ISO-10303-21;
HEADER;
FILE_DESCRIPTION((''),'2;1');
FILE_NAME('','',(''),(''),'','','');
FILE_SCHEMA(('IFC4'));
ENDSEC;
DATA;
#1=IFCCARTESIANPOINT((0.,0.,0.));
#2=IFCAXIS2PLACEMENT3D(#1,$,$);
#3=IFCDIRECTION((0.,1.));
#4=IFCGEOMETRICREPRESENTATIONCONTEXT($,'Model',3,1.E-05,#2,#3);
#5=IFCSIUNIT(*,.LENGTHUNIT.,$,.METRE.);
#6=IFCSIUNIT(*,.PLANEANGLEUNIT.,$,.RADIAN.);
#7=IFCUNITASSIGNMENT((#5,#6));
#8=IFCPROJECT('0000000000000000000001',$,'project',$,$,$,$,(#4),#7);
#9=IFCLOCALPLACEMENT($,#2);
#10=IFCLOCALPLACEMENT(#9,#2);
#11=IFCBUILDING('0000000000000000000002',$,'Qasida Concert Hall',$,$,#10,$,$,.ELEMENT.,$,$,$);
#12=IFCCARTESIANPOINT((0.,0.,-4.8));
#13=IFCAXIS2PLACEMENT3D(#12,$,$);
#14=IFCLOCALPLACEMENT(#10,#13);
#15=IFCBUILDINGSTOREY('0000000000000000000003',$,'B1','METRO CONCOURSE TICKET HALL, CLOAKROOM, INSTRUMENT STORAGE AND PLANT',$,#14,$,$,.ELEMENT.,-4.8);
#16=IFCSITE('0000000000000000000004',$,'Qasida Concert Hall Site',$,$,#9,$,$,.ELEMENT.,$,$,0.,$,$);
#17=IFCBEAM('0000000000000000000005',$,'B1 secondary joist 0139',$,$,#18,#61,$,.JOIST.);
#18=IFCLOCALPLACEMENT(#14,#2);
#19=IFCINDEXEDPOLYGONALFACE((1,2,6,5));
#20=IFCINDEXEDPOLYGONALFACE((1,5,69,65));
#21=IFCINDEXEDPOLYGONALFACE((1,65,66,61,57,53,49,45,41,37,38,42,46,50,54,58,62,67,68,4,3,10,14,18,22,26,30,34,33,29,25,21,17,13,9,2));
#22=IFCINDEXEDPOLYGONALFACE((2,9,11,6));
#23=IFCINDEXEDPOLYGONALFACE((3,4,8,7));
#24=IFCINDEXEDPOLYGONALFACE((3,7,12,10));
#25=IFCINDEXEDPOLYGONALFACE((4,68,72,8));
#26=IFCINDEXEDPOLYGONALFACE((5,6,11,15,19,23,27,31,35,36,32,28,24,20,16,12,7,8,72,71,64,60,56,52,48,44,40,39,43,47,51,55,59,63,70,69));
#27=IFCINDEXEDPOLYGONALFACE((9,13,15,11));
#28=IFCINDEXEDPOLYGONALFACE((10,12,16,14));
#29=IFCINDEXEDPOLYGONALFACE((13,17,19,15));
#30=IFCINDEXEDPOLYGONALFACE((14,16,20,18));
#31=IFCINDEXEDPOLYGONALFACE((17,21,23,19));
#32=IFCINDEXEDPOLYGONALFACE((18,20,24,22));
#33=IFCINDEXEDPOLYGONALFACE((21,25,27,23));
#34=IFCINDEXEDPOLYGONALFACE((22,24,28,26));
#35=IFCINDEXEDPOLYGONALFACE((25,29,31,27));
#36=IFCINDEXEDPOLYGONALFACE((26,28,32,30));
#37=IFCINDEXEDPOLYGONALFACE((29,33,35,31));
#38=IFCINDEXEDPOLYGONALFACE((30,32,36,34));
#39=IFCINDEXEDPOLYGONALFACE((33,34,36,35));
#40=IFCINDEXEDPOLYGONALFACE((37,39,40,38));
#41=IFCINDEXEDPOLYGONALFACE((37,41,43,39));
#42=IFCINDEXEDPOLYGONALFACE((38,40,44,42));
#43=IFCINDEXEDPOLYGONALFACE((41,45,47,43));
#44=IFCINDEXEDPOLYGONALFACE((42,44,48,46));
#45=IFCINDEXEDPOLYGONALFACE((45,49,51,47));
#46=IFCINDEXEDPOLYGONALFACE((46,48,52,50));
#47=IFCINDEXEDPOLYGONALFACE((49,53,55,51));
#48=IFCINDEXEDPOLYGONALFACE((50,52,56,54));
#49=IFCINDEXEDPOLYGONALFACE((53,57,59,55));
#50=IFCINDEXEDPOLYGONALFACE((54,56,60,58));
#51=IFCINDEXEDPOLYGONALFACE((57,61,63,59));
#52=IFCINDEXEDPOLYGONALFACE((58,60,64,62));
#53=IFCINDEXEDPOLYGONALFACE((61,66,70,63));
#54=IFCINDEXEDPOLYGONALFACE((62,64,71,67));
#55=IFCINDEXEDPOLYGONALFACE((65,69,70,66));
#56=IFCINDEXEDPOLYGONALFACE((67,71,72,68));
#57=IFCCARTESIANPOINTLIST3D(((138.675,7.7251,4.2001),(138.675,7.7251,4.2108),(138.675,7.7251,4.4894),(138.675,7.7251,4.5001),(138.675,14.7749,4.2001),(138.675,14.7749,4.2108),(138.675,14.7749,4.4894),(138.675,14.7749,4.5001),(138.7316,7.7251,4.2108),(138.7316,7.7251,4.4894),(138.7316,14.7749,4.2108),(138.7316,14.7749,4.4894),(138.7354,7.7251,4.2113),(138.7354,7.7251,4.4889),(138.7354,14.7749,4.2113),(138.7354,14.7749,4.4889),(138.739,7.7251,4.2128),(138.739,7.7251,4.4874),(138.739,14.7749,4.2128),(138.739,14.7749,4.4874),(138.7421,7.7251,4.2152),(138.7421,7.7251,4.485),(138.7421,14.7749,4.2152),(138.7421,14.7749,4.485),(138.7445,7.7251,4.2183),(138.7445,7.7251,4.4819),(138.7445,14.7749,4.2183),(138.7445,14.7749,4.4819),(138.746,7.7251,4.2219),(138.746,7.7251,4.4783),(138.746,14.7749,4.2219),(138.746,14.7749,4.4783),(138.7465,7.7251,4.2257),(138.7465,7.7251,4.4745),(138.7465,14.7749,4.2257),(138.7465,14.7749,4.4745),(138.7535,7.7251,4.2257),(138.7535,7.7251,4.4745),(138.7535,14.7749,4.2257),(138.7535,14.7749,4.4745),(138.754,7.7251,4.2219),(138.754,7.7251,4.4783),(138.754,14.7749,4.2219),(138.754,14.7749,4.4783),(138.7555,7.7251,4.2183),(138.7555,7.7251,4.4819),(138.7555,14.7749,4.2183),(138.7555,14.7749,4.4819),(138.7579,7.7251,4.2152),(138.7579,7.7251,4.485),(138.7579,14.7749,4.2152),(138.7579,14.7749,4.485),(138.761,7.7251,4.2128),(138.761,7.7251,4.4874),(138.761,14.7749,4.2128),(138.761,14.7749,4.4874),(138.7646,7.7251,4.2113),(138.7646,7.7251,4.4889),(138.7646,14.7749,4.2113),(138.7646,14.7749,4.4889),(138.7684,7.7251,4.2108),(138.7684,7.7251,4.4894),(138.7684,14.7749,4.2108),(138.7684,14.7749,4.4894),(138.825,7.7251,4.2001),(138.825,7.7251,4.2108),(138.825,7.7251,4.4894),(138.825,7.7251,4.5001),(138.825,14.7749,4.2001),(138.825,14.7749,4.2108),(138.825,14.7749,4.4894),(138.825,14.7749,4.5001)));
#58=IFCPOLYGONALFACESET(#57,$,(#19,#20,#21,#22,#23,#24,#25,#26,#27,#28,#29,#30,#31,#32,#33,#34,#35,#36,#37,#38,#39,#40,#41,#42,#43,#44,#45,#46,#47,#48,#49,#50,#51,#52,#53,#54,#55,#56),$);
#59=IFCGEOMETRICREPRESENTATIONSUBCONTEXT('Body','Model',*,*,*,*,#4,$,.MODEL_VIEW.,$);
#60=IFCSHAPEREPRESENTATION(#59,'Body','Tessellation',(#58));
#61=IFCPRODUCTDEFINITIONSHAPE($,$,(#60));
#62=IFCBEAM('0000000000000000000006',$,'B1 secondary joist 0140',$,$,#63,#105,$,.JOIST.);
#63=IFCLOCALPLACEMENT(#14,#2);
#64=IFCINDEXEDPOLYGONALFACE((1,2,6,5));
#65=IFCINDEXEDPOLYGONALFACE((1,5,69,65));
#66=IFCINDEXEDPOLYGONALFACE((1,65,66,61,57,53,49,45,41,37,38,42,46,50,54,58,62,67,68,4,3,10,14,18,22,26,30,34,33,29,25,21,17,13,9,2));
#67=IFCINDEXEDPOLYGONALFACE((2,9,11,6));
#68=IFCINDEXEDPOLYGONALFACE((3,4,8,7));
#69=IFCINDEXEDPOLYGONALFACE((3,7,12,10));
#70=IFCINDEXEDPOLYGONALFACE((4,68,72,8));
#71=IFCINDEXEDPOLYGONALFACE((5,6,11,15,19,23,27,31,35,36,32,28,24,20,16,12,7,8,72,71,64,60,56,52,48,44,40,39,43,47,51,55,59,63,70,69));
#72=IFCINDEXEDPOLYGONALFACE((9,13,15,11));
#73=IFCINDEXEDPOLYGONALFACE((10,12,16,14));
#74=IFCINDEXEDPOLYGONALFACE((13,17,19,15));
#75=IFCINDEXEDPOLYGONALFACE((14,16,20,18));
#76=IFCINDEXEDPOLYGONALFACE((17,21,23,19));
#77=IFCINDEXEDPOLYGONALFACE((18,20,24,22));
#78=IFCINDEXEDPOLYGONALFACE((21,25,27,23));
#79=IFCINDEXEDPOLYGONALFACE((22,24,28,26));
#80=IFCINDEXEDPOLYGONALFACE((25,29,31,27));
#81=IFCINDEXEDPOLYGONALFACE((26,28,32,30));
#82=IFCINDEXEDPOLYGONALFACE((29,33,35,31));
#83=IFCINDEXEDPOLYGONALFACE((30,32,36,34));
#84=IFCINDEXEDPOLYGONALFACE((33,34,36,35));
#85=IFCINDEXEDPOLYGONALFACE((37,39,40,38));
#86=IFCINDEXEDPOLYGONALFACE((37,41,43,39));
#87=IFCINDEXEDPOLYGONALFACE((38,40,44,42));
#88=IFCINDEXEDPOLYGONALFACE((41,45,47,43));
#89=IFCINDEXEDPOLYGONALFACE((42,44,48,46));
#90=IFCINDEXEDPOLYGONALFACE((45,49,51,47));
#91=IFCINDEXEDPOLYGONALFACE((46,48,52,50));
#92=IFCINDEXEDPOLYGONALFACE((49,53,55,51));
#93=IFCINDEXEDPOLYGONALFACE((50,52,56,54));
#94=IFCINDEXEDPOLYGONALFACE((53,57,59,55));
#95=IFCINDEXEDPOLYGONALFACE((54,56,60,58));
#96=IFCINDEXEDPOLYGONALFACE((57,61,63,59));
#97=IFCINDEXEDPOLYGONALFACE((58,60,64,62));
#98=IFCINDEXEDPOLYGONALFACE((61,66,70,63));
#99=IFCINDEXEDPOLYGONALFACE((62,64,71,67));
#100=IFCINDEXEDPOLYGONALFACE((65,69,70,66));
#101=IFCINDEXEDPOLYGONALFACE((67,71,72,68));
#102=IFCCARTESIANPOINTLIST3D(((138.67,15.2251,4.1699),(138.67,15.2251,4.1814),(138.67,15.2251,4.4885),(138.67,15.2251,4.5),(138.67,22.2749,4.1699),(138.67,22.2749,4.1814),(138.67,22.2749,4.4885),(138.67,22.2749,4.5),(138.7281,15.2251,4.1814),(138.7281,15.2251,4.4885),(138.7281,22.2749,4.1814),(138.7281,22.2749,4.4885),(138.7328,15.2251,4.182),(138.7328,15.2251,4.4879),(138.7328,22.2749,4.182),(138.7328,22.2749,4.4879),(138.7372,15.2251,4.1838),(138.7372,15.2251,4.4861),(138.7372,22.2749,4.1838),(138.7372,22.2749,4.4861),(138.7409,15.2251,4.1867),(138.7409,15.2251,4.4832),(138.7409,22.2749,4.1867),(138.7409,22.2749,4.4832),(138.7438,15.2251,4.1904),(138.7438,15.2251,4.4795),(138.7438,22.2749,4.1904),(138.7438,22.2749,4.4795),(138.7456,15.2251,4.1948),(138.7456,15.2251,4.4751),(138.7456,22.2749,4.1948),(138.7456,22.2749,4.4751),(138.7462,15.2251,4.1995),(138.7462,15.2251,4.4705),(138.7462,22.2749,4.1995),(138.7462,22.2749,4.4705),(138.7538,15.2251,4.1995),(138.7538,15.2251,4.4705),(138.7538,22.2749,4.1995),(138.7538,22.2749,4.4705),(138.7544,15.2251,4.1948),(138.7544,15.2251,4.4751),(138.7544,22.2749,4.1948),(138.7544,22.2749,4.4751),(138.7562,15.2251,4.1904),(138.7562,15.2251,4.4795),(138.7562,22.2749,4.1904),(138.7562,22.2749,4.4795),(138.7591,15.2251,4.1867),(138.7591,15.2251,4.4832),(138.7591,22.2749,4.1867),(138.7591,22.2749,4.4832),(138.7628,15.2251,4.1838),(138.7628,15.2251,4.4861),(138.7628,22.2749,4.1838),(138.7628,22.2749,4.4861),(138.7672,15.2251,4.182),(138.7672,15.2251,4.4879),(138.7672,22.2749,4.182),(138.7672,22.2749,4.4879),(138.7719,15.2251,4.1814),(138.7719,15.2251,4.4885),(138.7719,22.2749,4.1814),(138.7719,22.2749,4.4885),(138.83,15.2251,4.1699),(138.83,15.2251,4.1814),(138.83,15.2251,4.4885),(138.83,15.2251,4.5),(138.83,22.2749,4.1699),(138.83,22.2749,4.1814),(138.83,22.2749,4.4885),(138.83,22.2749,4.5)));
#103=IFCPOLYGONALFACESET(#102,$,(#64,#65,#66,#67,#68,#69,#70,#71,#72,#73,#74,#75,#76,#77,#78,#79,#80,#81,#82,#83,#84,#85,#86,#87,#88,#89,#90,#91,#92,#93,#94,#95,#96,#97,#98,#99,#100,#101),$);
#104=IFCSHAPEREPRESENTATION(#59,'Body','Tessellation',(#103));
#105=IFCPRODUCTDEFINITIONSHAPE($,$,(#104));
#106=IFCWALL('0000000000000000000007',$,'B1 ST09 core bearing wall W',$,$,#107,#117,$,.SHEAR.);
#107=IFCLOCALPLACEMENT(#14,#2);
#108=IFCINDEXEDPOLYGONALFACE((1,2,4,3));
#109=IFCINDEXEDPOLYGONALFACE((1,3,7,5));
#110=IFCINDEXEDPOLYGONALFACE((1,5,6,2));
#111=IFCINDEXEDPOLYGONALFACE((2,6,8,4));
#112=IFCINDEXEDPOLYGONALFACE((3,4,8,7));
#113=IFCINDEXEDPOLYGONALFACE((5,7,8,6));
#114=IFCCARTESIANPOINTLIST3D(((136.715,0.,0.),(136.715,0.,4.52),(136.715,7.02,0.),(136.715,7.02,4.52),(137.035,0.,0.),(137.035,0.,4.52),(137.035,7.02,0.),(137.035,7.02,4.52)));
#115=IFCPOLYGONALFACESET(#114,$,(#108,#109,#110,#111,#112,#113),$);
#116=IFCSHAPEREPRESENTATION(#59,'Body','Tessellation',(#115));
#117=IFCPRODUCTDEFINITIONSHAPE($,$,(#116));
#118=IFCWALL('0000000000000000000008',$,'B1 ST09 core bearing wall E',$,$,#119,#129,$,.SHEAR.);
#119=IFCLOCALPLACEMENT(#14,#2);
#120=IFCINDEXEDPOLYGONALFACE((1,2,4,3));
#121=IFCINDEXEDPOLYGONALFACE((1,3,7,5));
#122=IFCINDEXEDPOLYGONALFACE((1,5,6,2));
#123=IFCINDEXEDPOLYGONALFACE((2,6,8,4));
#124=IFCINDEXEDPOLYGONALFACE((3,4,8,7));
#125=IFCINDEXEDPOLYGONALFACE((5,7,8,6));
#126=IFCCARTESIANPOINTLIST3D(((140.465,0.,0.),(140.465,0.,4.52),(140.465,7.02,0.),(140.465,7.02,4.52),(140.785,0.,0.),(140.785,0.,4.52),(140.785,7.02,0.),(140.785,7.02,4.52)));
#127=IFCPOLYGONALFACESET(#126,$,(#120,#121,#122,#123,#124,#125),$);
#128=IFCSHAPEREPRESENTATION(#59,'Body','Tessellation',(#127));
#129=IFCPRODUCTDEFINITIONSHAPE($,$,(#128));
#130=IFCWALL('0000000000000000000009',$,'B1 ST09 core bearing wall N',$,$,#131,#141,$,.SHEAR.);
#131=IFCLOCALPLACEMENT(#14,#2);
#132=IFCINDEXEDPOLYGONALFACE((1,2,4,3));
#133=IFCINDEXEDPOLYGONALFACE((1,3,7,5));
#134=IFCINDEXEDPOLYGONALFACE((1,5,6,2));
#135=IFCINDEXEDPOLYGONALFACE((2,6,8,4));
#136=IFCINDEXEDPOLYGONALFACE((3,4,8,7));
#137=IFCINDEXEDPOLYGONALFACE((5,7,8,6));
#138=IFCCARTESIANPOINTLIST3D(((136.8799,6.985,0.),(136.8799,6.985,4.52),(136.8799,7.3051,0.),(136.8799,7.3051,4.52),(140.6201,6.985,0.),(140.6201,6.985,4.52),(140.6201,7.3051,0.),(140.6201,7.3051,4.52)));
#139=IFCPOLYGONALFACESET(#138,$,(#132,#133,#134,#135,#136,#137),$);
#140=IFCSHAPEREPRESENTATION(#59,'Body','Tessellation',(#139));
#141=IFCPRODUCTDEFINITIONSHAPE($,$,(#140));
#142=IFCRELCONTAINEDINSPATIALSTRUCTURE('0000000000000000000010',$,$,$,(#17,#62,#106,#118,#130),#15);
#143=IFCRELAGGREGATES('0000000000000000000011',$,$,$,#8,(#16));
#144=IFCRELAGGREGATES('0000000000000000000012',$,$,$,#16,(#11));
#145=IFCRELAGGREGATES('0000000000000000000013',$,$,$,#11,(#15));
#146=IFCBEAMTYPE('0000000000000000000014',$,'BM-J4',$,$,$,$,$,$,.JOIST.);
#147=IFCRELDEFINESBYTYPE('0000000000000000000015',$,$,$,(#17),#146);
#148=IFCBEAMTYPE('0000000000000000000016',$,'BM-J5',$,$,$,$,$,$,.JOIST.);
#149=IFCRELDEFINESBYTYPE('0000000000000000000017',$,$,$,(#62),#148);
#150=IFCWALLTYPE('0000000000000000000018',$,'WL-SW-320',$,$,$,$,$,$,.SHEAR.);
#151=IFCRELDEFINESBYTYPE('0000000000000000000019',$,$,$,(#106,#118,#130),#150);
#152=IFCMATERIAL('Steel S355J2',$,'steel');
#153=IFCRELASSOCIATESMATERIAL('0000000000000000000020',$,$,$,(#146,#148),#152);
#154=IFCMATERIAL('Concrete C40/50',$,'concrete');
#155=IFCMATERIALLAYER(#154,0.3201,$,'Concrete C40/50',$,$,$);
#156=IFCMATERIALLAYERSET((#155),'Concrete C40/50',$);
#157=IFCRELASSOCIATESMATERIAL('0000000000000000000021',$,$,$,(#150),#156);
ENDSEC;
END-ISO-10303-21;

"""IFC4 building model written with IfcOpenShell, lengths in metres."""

from ifc_helpers import new_model, si_unit, direction, frame, frame_2d, origin, origin_2d, place, context, subcontext, project, spatial, rectangle, i_section, extrude, material, layer, layer_set, material_profile, profile_set, type_object, element, save


model = new_model("IFC4")

# Units and contexts
model_context = context("Model", 3, precision=1e-05, world=origin(), true_north=direction((0.0, 1.0)))
body_context = subcontext(model_context, "Body", "Model", "MODEL_VIEW")
ifc_project = project(units=[si_unit("LENGTHUNIT", "METRE"), si_unit("PLANEANGLEUNIT", "RADIAN")], contexts=[model_context])

# Site, building, storey
site_placement = place(None, origin())
site = spatial("IfcSite", under=ifc_project, at=site_placement, Name="Qasida Concert Hall Site", CompositionType="ELEMENT", RefElevation=0.0)
building_placement = place(site_placement, origin())
building = spatial("IfcBuilding", under=site, at=building_placement, Name="Qasida Concert Hall", CompositionType="ELEMENT")
storey_placement = place(building_placement, frame((0.0, 0.0, -4.8)))
storey = spatial("IfcBuildingStorey", under=building, at=storey_placement, Name="B1", Description="METRO CONCOURSE TICKET HALL, CLOAKROOM, INSTRUMENT STORAGE AND PLANT", CompositionType="ELEMENT", Elevation=-4.8)

# Shared definitions
ifc_material_1 = material(Name="Concrete C40/50", Category="concrete")

# Beams
ifc_material_2 = material(Name="Steel S355J2", Category="steel")
ifc_material_profile_1 = material_profile(ifc_material_2, i_section(OverallWidth=0.1499, OverallDepth=0.3, WebThickness=0.0071, FlangeThickness=0.0107, FilletRadius=0.0149, at=origin_2d()), Name="IPE 300")
ifc_profile_set_1 = profile_set([ifc_material_profile_1], Name="Steel S355J2")
beam_type_1 = type_object("IfcBeamType", Name="BM-J4", PredefinedType="JOIST", material=ifc_profile_set_1)
beam_1_placement = place(storey_placement, frame((138.75, 7.7251, 4.3501), z_axis=(0.0, 1.0, 0.0), x_axis=(-1.0, 0.0, 0.0)))
element("IfcBeam", 1, at=beam_1_placement, inside=storey, type_object=beam_type_1, Name="B1 secondary joist 0139", PredefinedType="JOIST", context=body_context, shape_type="SweptSolid", body=[
    extrude(i_section(OverallWidth=0.1499, OverallDepth=0.3, WebThickness=0.0071, FlangeThickness=0.0107, FilletRadius=0.0149, at=origin_2d()), origin(), (0.0, 0.0, 1.0), 7.0498),
])
ifc_material_profile_2 = material_profile(ifc_material_2, i_section(OverallWidth=0.1599, OverallDepth=0.3301, WebThickness=0.0076, FlangeThickness=0.0115, FilletRadius=0.0181, at=origin_2d()), Name="IPE 330")
ifc_profile_set_2 = profile_set([ifc_material_profile_2], Name="Steel S355J2")
beam_type_2 = type_object("IfcBeamType", Name="BM-J5", PredefinedType="JOIST", material=ifc_profile_set_2)
beam_2_placement = place(storey_placement, frame((138.75, 15.2251, 4.335), z_axis=(0.0, 1.0, 0.0), x_axis=(-1.0, 0.0, 0.0)))
element("IfcBeam", 2, at=beam_2_placement, inside=storey, type_object=beam_type_2, Name="B1 secondary joist 0140", PredefinedType="JOIST", context=body_context, shape_type="SweptSolid", body=[
    extrude(i_section(OverallWidth=0.1599, OverallDepth=0.3301, WebThickness=0.0076, FlangeThickness=0.0115, FilletRadius=0.0181, at=origin_2d()), origin(), (0.0, 0.0, 1.0), 7.0498),
])

# Walls
ifc_layer = layer(ifc_material_1, 0.3201, Name="Concrete C40/50")
ifc_layer_set = layer_set([ifc_layer], Name="Concrete C40/50")
wall_type = type_object("IfcWallType", Name="WL-SW-320", PredefinedType="SHEAR", material=ifc_layer_set)
for number, where, z_axis, x_axis, name in (
    (3, (136.875, 0.0, 0.0), (0.0, 0.0, 1.0), (0.0, 1.0, 0.0), "B1 ST09 core bearing wall W"),
    (4, (140.625, 0.0, 0.0), (0.0, 0.0, 1.0), (0.0, 1.0, 0.0), "B1 ST09 core bearing wall E"),
):
    element("IfcWall", number, at=place(storey_placement, frame(where, z_axis=z_axis, x_axis=x_axis)), inside=storey, type_object=wall_type, Name=name, PredefinedType="SHEAR", context=body_context, shape_type="SweptSolid", body=[
        extrude(rectangle(XDim=7.02, YDim=0.3201, at=frame_2d((3.51, 0.0))), origin(), (0.0, 0.0, 1.0), 4.52),
    ])
wall_placement = place(storey_placement, frame((136.8799, 7.145, 0.0), z_axis=(0.0, 0.0, 1.0), x_axis=(1.0, 0.0, 0.0)))
element("IfcWall", 5, at=wall_placement, inside=storey, type_object=wall_type, Name="B1 ST09 core bearing wall N", PredefinedType="SHEAR", context=body_context, shape_type="SweptSolid", body=[
    extrude(rectangle(XDim=3.7402, YDim=0.3201, at=frame_2d((1.8701, 0.0))), origin(), (0.0, 0.0, 1.0), 4.52),
])

save(model, "model.ifc")
